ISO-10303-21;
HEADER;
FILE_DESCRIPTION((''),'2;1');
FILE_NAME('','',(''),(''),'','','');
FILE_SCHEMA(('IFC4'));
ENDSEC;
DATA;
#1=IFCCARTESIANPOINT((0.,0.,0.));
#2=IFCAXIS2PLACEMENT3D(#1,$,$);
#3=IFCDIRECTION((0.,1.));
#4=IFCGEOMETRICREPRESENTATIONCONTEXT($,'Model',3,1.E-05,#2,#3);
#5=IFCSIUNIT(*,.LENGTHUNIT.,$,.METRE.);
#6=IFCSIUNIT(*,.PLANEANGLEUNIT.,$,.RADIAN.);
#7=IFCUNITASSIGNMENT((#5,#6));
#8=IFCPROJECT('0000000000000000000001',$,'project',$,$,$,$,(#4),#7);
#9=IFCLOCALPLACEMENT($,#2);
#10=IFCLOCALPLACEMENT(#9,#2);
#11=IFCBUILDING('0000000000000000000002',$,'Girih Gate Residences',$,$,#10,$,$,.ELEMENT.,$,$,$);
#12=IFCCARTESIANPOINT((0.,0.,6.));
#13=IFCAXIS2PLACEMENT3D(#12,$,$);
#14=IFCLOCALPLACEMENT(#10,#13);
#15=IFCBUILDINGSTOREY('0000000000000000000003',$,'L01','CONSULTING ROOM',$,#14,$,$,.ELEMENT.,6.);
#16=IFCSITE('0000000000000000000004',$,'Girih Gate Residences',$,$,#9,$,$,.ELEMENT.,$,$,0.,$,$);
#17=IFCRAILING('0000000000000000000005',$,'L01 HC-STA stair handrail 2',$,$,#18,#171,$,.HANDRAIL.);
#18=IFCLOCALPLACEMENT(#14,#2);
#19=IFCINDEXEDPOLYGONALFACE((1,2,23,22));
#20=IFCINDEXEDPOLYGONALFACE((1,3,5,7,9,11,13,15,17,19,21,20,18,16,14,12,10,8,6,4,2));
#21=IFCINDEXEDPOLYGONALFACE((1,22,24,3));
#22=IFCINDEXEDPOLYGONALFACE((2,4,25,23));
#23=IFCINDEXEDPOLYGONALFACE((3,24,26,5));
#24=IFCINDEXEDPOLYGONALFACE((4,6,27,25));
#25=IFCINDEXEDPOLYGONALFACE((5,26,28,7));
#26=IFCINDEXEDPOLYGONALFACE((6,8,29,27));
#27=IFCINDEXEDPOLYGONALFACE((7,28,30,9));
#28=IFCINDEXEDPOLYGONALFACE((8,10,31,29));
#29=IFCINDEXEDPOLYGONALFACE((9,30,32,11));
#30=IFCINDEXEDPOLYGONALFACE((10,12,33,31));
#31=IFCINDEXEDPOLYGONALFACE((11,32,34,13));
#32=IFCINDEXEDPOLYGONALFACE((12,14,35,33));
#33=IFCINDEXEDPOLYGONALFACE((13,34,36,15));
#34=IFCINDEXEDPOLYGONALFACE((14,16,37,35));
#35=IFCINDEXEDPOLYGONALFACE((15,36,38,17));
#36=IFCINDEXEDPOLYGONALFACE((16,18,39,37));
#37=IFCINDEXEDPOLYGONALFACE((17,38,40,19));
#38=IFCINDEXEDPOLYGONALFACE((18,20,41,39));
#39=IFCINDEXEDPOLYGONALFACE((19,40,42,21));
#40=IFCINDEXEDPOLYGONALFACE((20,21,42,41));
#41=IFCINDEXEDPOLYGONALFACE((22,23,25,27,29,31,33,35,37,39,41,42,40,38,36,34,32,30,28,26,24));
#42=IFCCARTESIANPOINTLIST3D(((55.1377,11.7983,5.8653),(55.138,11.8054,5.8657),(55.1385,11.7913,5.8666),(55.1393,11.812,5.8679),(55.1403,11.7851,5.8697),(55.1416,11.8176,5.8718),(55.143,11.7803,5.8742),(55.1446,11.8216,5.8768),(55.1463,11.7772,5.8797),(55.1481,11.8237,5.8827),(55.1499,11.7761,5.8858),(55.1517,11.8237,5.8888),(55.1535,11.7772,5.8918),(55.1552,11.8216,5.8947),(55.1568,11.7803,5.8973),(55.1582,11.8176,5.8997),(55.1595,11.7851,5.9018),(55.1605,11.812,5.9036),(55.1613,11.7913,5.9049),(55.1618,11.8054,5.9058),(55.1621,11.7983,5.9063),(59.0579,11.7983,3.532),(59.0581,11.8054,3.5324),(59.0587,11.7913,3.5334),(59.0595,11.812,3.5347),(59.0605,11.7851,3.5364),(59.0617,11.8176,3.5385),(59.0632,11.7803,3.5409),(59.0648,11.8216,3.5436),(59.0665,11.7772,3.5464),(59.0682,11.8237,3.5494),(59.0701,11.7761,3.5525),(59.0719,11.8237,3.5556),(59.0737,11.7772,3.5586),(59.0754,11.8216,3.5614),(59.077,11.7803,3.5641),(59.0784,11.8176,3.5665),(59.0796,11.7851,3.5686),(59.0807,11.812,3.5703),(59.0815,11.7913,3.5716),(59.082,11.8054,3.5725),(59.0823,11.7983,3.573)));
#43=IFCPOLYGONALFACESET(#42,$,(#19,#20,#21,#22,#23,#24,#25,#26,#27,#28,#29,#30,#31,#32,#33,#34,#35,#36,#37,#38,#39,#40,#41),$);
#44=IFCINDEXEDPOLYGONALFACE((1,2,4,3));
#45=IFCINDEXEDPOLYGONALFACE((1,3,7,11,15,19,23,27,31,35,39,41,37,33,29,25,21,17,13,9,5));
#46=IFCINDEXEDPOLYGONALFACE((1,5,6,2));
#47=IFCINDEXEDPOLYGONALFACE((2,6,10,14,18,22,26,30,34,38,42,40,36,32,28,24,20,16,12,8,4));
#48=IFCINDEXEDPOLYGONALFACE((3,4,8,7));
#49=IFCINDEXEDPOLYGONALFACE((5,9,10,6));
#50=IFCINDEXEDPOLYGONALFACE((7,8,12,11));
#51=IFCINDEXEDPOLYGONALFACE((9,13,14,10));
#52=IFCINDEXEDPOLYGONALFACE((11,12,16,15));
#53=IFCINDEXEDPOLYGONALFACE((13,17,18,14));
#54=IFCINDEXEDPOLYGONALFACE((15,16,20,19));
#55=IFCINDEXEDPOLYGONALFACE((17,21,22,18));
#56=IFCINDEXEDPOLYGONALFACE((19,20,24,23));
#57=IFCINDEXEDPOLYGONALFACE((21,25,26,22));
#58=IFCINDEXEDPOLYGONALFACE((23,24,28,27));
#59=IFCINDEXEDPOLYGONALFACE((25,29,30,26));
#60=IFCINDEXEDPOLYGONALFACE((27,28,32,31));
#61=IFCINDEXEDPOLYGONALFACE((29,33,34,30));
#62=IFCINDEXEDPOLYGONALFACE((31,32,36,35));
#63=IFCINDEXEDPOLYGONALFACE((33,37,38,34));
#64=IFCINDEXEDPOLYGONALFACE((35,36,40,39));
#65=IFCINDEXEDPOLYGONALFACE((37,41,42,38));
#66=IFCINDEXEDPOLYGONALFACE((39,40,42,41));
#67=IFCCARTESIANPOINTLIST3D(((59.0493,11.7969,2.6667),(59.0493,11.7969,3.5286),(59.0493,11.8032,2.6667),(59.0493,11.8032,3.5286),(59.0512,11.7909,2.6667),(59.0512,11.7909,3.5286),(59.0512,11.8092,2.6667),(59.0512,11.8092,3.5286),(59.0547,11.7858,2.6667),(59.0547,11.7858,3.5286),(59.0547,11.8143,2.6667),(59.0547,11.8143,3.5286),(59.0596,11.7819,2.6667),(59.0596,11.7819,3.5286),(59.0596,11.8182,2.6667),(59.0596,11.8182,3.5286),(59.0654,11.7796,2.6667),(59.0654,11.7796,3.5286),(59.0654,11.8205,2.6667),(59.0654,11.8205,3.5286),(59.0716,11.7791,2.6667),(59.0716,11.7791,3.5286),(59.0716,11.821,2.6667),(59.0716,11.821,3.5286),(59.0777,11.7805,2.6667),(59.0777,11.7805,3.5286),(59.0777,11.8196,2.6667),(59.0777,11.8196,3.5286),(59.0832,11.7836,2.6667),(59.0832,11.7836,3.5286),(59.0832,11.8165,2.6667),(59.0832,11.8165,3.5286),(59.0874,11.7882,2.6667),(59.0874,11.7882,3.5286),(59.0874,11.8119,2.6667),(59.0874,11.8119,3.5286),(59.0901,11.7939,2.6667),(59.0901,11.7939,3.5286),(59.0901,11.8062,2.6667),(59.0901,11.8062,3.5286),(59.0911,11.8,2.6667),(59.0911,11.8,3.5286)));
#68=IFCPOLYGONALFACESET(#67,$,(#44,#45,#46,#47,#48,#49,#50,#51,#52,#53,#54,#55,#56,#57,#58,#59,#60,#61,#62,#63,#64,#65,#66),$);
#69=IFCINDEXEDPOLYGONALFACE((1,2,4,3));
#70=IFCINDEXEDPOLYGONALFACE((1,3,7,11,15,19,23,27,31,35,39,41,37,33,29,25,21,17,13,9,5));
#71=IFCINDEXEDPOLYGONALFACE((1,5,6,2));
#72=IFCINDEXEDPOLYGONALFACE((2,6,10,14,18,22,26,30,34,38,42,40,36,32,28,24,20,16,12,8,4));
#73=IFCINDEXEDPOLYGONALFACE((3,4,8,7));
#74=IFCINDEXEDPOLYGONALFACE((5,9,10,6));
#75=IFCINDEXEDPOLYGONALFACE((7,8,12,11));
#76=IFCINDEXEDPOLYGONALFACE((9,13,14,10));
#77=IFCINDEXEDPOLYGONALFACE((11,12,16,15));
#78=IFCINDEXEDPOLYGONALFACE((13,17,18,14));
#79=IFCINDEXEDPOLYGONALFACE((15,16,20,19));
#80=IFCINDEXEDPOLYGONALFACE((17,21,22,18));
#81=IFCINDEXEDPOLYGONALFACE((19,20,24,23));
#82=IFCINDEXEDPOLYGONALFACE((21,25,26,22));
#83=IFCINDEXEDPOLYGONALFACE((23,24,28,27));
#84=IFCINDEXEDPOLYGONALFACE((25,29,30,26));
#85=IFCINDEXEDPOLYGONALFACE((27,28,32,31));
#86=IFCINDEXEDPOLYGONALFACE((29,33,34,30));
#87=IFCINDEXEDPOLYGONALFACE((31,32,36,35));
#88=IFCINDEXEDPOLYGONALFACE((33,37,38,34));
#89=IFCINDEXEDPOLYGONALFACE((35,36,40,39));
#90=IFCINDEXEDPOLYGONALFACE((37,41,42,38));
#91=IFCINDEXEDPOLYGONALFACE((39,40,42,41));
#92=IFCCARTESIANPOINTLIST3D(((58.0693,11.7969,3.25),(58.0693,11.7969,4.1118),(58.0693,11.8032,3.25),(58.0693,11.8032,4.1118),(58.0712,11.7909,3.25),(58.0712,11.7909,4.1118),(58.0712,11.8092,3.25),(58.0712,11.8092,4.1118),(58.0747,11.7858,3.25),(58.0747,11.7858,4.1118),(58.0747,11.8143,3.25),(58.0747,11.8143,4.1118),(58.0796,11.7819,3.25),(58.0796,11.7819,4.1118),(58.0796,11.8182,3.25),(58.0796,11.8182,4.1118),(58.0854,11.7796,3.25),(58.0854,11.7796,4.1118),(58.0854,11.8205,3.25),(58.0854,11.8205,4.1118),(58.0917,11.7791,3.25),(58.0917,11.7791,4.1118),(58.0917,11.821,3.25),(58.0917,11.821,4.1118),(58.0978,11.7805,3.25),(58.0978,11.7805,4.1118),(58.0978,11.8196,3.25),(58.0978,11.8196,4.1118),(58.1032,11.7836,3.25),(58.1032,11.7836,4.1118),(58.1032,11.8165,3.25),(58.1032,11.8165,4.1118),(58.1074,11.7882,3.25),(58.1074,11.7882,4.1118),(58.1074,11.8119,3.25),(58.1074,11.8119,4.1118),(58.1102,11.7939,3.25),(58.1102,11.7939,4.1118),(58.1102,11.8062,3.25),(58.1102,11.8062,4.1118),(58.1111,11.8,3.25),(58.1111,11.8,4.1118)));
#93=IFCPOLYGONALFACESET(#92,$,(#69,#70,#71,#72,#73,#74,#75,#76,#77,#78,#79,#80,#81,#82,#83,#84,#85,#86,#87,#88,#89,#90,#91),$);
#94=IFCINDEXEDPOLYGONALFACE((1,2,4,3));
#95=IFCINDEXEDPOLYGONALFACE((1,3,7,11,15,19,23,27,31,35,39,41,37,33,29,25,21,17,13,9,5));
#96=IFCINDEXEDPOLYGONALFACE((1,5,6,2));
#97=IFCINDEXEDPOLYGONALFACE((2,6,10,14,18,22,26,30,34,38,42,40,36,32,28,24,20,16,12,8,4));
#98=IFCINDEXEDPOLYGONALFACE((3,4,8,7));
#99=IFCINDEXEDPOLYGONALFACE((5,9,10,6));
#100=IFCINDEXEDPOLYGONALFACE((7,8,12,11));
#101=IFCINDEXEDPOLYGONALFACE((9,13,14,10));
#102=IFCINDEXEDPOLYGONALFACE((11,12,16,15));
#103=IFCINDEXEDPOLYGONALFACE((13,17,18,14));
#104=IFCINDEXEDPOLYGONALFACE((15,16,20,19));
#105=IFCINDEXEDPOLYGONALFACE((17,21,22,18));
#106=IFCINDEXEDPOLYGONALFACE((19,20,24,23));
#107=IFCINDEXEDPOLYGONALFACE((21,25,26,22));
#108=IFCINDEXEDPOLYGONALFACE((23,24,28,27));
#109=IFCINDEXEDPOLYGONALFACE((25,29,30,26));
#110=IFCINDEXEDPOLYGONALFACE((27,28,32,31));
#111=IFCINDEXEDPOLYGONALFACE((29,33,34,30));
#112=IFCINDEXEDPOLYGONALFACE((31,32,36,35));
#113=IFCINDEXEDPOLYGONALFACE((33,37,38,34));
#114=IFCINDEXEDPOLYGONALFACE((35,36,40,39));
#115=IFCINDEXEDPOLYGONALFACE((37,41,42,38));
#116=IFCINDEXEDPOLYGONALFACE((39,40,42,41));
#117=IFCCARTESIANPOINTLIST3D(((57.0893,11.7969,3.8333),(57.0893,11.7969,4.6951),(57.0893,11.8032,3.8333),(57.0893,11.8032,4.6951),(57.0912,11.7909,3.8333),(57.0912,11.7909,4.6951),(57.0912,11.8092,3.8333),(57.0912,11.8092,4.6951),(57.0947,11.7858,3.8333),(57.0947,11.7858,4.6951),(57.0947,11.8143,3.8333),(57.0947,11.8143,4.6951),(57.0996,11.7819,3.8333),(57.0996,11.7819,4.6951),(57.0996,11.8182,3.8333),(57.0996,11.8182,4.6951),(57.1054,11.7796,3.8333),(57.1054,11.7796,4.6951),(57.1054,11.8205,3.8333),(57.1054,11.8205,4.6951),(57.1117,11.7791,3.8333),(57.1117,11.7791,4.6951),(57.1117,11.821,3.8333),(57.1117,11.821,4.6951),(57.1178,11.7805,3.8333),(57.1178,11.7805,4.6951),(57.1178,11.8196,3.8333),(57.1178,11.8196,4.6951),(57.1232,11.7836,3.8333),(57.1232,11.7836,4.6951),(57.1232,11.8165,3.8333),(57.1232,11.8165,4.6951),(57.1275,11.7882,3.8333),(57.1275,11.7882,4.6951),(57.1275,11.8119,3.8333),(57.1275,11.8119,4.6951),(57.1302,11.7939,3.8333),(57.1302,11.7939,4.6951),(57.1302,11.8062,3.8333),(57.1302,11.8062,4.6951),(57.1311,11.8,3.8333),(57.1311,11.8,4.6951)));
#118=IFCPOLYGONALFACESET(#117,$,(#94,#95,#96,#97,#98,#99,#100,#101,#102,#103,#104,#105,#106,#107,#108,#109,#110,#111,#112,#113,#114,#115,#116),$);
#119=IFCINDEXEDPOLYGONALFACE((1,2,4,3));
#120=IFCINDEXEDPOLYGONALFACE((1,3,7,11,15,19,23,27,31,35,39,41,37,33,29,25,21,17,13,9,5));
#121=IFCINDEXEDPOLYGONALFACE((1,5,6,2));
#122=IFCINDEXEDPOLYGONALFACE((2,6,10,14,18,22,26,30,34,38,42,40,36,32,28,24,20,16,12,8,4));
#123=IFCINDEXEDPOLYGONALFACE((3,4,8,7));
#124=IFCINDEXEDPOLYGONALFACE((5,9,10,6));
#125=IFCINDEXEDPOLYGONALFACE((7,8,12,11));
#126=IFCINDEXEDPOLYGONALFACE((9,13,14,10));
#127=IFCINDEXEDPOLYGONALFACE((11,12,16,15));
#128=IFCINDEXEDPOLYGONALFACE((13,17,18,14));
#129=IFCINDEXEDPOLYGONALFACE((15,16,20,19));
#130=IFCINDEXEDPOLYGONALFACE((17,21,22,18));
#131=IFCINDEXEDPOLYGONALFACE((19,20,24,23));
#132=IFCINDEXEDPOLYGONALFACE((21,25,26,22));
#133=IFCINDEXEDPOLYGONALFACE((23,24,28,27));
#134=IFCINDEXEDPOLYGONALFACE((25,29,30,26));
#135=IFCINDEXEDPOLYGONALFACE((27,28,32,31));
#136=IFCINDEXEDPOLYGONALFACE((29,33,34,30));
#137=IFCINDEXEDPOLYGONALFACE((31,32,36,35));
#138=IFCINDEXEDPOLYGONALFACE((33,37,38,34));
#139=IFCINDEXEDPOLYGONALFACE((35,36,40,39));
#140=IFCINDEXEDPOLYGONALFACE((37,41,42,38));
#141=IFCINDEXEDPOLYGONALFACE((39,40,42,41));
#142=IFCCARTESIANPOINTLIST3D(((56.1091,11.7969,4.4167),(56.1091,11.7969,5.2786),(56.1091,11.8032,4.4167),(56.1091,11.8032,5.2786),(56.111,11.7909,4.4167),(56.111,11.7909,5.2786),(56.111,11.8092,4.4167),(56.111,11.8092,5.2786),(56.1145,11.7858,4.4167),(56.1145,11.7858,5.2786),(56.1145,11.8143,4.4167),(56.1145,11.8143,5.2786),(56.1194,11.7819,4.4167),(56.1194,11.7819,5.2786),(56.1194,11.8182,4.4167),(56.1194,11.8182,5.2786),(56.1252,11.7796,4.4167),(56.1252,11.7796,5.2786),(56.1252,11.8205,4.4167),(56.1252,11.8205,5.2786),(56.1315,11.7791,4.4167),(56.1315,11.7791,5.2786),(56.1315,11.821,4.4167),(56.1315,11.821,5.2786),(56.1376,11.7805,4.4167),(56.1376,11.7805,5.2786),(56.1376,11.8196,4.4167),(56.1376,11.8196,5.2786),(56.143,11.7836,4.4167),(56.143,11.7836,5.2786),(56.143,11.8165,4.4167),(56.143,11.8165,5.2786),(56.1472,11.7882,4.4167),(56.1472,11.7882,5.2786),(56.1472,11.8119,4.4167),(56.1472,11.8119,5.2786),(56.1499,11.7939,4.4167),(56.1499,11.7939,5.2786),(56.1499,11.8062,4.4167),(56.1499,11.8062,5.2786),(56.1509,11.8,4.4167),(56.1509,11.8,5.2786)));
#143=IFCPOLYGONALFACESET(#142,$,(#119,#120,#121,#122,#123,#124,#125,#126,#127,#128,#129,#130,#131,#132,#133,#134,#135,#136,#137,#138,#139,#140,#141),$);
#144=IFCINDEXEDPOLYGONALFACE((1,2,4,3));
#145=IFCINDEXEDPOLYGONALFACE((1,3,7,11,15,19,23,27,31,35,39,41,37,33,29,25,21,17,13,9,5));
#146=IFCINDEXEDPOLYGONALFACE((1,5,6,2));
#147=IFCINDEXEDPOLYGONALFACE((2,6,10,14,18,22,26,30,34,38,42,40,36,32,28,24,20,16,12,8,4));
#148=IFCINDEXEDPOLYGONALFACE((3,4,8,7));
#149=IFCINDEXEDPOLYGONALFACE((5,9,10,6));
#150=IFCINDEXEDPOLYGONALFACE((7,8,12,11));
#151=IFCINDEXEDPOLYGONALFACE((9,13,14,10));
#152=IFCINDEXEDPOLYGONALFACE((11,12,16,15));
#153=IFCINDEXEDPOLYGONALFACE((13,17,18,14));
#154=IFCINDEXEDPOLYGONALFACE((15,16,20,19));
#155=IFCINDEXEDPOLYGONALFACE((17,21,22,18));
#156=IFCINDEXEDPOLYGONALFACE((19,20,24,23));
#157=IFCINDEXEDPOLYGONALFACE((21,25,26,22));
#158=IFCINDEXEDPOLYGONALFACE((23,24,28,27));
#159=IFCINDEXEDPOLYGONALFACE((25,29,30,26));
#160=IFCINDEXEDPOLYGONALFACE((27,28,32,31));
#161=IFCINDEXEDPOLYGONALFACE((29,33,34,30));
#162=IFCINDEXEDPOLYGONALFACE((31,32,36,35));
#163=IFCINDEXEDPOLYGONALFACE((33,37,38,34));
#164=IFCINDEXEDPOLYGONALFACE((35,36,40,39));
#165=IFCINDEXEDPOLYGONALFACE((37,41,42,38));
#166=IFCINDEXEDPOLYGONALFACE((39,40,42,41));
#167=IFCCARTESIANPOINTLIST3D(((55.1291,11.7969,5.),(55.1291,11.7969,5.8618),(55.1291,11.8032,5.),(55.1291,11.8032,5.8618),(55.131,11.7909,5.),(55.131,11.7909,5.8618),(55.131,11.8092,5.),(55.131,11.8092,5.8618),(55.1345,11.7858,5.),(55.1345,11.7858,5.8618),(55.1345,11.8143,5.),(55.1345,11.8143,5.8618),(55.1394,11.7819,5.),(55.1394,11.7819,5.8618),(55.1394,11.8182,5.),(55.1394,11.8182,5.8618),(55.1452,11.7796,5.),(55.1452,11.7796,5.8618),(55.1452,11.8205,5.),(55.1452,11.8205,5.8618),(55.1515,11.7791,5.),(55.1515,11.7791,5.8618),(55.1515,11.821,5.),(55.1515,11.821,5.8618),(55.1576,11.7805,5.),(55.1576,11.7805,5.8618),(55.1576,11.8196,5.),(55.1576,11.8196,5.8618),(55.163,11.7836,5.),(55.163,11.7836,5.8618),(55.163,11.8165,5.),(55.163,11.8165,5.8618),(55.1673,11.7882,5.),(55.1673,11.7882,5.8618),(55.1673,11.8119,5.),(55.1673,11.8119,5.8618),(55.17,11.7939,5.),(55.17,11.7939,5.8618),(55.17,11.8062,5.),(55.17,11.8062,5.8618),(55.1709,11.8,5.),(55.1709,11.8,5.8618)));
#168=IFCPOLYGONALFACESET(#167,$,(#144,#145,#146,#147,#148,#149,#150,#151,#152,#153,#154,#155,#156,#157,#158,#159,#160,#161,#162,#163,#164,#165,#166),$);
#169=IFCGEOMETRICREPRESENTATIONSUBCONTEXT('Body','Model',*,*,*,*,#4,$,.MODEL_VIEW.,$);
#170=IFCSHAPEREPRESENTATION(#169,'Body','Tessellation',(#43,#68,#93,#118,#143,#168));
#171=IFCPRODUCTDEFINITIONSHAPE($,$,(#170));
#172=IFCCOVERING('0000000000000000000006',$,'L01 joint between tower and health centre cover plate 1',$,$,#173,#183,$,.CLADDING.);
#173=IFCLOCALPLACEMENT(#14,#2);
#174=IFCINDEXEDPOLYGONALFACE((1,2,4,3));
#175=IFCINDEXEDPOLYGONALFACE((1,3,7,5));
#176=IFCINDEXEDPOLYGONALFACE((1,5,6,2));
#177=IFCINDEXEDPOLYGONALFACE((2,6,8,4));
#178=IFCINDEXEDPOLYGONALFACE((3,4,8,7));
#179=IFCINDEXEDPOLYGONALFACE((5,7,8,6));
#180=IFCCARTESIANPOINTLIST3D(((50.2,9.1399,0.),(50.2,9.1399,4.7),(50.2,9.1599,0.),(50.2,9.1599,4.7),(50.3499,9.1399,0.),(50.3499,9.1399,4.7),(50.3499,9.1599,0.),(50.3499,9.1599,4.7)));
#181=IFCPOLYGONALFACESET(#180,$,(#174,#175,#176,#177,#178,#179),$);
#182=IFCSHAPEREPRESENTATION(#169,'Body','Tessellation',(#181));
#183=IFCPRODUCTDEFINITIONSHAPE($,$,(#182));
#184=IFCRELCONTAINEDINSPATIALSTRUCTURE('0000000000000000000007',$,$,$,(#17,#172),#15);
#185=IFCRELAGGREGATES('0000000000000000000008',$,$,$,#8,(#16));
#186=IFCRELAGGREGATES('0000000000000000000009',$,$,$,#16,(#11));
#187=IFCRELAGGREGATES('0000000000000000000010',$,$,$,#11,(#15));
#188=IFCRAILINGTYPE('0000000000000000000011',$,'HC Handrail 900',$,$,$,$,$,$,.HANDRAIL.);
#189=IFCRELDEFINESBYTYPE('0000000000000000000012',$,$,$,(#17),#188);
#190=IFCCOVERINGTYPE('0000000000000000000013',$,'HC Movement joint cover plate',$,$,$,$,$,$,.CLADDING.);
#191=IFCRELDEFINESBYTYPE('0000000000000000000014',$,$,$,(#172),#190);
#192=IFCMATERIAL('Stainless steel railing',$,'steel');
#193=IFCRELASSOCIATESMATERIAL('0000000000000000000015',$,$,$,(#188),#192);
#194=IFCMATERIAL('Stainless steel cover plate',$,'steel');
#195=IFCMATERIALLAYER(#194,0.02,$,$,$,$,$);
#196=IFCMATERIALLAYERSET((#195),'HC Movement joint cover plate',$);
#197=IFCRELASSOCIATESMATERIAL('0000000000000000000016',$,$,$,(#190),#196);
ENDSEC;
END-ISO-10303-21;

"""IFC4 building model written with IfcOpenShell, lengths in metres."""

from ifc_helpers import new_model, si_unit, direction, frame, origin, origin_2d, place, context, subcontext, project, spatial, rectangle, circle, extrude, material, layer, layer_set, type_object, element, save


model = new_model("IFC4")

# Units and contexts
model_context = context("Model", 3, precision=1e-05, world=origin(), true_north=direction((0.0, 1.0)))
body_context = subcontext(model_context, "Body", "Model", "MODEL_VIEW")
ifc_project = project(units=[si_unit("LENGTHUNIT", "METRE"), si_unit("PLANEANGLEUNIT", "RADIAN")], contexts=[model_context])

# Site, building, storey
site_placement = place(None, origin())
site = spatial("IfcSite", under=ifc_project, at=site_placement, Name="Girih Gate Residences", CompositionType="ELEMENT", RefElevation=0.0)
building_placement = place(site_placement, origin())
building = spatial("IfcBuilding", under=site, at=building_placement, Name="Girih Gate Residences", CompositionType="ELEMENT")
storey_placement = place(building_placement, frame((0.0, 0.0, 6.0)))
storey = spatial("IfcBuildingStorey", under=building, at=storey_placement, Name="L01", Description="CONSULTING ROOM", CompositionType="ELEMENT", Elevation=6.0)

# Railing
ifc_material_1 = material(Name="Stainless steel railing", Category="steel")
railing_type_1 = type_object("IfcRailingType", Name="HC Handrail 900", PredefinedType="HANDRAIL", material=ifc_material_1)
railing_1_placement = place(storey_placement, frame((59.0701, 11.8, 2.6667)))
element("IfcRailing", 1, at=railing_1_placement, inside=storey, type_object=railing_type_1, Name="L01 HC-STA stair handrail 2", PredefinedType="HANDRAIL", context=body_context, shape_type="SweptSolid", body=[
    extrude(circle(Radius=0.0239, at=origin_2d()), frame((0.0, 0.0, 0.8857), z_axis=(-0.85931, 0.0, 0.511455), x_axis=(0.0, -1.0, 0.0)), (0.0, 0.0, 1.0), 4.562),
    extrude(circle(Radius=0.021, at=origin_2d()), origin(), (0.0, 0.0, 1.0), 0.8618),
    extrude(circle(Radius=0.021, at=origin_2d()), frame((-0.98, 0.0, 0.5833)), (0.0, 0.0, 1.0), 0.8618),
    extrude(circle(Radius=0.021, at=origin_2d()), frame((-1.96, 0.0, 1.1665)), (0.0, 0.0, 1.0), 0.8618),
    extrude(circle(Radius=0.021, at=origin_2d()), frame((-2.9402, 0.0, 1.75)), (0.0, 0.0, 1.0), 0.8618),
    extrude(circle(Radius=0.021, at=origin_2d()), frame((-3.9202, 0.0, 2.3333)), (0.0, 0.0, 1.0), 0.8618),
])

# Covering
ifc_material_2 = material(Name="Stainless steel cover plate", Category="steel")
ifc_layer_1 = layer(ifc_material_2, 0.02)
ifc_layer_set_1 = layer_set([ifc_layer_1], Name="HC Movement joint cover plate")
covering_type = type_object("IfcCoveringType", Name="HC Movement joint cover plate", PredefinedType="CLADDING", material=ifc_layer_set_1)
covering_placement = place(storey_placement, frame((50.2749, 9.1499, 0.0), z_axis=(0.0, 0.0, 1.0), x_axis=(1.0, 0.0, 0.0)))
element("IfcCovering", 2, at=covering_placement, inside=storey, type_object=covering_type, Name="L01 joint between tower and health centre cover plate 1", PredefinedType="CLADDING", context=body_context, shape_type="SweptSolid", body=[
    extrude(rectangle(XDim=0.1499, YDim=0.02, at=origin_2d()), origin(), (0.0, 0.0, 1.0), 4.7),
])

save(model, "model.ifc")
